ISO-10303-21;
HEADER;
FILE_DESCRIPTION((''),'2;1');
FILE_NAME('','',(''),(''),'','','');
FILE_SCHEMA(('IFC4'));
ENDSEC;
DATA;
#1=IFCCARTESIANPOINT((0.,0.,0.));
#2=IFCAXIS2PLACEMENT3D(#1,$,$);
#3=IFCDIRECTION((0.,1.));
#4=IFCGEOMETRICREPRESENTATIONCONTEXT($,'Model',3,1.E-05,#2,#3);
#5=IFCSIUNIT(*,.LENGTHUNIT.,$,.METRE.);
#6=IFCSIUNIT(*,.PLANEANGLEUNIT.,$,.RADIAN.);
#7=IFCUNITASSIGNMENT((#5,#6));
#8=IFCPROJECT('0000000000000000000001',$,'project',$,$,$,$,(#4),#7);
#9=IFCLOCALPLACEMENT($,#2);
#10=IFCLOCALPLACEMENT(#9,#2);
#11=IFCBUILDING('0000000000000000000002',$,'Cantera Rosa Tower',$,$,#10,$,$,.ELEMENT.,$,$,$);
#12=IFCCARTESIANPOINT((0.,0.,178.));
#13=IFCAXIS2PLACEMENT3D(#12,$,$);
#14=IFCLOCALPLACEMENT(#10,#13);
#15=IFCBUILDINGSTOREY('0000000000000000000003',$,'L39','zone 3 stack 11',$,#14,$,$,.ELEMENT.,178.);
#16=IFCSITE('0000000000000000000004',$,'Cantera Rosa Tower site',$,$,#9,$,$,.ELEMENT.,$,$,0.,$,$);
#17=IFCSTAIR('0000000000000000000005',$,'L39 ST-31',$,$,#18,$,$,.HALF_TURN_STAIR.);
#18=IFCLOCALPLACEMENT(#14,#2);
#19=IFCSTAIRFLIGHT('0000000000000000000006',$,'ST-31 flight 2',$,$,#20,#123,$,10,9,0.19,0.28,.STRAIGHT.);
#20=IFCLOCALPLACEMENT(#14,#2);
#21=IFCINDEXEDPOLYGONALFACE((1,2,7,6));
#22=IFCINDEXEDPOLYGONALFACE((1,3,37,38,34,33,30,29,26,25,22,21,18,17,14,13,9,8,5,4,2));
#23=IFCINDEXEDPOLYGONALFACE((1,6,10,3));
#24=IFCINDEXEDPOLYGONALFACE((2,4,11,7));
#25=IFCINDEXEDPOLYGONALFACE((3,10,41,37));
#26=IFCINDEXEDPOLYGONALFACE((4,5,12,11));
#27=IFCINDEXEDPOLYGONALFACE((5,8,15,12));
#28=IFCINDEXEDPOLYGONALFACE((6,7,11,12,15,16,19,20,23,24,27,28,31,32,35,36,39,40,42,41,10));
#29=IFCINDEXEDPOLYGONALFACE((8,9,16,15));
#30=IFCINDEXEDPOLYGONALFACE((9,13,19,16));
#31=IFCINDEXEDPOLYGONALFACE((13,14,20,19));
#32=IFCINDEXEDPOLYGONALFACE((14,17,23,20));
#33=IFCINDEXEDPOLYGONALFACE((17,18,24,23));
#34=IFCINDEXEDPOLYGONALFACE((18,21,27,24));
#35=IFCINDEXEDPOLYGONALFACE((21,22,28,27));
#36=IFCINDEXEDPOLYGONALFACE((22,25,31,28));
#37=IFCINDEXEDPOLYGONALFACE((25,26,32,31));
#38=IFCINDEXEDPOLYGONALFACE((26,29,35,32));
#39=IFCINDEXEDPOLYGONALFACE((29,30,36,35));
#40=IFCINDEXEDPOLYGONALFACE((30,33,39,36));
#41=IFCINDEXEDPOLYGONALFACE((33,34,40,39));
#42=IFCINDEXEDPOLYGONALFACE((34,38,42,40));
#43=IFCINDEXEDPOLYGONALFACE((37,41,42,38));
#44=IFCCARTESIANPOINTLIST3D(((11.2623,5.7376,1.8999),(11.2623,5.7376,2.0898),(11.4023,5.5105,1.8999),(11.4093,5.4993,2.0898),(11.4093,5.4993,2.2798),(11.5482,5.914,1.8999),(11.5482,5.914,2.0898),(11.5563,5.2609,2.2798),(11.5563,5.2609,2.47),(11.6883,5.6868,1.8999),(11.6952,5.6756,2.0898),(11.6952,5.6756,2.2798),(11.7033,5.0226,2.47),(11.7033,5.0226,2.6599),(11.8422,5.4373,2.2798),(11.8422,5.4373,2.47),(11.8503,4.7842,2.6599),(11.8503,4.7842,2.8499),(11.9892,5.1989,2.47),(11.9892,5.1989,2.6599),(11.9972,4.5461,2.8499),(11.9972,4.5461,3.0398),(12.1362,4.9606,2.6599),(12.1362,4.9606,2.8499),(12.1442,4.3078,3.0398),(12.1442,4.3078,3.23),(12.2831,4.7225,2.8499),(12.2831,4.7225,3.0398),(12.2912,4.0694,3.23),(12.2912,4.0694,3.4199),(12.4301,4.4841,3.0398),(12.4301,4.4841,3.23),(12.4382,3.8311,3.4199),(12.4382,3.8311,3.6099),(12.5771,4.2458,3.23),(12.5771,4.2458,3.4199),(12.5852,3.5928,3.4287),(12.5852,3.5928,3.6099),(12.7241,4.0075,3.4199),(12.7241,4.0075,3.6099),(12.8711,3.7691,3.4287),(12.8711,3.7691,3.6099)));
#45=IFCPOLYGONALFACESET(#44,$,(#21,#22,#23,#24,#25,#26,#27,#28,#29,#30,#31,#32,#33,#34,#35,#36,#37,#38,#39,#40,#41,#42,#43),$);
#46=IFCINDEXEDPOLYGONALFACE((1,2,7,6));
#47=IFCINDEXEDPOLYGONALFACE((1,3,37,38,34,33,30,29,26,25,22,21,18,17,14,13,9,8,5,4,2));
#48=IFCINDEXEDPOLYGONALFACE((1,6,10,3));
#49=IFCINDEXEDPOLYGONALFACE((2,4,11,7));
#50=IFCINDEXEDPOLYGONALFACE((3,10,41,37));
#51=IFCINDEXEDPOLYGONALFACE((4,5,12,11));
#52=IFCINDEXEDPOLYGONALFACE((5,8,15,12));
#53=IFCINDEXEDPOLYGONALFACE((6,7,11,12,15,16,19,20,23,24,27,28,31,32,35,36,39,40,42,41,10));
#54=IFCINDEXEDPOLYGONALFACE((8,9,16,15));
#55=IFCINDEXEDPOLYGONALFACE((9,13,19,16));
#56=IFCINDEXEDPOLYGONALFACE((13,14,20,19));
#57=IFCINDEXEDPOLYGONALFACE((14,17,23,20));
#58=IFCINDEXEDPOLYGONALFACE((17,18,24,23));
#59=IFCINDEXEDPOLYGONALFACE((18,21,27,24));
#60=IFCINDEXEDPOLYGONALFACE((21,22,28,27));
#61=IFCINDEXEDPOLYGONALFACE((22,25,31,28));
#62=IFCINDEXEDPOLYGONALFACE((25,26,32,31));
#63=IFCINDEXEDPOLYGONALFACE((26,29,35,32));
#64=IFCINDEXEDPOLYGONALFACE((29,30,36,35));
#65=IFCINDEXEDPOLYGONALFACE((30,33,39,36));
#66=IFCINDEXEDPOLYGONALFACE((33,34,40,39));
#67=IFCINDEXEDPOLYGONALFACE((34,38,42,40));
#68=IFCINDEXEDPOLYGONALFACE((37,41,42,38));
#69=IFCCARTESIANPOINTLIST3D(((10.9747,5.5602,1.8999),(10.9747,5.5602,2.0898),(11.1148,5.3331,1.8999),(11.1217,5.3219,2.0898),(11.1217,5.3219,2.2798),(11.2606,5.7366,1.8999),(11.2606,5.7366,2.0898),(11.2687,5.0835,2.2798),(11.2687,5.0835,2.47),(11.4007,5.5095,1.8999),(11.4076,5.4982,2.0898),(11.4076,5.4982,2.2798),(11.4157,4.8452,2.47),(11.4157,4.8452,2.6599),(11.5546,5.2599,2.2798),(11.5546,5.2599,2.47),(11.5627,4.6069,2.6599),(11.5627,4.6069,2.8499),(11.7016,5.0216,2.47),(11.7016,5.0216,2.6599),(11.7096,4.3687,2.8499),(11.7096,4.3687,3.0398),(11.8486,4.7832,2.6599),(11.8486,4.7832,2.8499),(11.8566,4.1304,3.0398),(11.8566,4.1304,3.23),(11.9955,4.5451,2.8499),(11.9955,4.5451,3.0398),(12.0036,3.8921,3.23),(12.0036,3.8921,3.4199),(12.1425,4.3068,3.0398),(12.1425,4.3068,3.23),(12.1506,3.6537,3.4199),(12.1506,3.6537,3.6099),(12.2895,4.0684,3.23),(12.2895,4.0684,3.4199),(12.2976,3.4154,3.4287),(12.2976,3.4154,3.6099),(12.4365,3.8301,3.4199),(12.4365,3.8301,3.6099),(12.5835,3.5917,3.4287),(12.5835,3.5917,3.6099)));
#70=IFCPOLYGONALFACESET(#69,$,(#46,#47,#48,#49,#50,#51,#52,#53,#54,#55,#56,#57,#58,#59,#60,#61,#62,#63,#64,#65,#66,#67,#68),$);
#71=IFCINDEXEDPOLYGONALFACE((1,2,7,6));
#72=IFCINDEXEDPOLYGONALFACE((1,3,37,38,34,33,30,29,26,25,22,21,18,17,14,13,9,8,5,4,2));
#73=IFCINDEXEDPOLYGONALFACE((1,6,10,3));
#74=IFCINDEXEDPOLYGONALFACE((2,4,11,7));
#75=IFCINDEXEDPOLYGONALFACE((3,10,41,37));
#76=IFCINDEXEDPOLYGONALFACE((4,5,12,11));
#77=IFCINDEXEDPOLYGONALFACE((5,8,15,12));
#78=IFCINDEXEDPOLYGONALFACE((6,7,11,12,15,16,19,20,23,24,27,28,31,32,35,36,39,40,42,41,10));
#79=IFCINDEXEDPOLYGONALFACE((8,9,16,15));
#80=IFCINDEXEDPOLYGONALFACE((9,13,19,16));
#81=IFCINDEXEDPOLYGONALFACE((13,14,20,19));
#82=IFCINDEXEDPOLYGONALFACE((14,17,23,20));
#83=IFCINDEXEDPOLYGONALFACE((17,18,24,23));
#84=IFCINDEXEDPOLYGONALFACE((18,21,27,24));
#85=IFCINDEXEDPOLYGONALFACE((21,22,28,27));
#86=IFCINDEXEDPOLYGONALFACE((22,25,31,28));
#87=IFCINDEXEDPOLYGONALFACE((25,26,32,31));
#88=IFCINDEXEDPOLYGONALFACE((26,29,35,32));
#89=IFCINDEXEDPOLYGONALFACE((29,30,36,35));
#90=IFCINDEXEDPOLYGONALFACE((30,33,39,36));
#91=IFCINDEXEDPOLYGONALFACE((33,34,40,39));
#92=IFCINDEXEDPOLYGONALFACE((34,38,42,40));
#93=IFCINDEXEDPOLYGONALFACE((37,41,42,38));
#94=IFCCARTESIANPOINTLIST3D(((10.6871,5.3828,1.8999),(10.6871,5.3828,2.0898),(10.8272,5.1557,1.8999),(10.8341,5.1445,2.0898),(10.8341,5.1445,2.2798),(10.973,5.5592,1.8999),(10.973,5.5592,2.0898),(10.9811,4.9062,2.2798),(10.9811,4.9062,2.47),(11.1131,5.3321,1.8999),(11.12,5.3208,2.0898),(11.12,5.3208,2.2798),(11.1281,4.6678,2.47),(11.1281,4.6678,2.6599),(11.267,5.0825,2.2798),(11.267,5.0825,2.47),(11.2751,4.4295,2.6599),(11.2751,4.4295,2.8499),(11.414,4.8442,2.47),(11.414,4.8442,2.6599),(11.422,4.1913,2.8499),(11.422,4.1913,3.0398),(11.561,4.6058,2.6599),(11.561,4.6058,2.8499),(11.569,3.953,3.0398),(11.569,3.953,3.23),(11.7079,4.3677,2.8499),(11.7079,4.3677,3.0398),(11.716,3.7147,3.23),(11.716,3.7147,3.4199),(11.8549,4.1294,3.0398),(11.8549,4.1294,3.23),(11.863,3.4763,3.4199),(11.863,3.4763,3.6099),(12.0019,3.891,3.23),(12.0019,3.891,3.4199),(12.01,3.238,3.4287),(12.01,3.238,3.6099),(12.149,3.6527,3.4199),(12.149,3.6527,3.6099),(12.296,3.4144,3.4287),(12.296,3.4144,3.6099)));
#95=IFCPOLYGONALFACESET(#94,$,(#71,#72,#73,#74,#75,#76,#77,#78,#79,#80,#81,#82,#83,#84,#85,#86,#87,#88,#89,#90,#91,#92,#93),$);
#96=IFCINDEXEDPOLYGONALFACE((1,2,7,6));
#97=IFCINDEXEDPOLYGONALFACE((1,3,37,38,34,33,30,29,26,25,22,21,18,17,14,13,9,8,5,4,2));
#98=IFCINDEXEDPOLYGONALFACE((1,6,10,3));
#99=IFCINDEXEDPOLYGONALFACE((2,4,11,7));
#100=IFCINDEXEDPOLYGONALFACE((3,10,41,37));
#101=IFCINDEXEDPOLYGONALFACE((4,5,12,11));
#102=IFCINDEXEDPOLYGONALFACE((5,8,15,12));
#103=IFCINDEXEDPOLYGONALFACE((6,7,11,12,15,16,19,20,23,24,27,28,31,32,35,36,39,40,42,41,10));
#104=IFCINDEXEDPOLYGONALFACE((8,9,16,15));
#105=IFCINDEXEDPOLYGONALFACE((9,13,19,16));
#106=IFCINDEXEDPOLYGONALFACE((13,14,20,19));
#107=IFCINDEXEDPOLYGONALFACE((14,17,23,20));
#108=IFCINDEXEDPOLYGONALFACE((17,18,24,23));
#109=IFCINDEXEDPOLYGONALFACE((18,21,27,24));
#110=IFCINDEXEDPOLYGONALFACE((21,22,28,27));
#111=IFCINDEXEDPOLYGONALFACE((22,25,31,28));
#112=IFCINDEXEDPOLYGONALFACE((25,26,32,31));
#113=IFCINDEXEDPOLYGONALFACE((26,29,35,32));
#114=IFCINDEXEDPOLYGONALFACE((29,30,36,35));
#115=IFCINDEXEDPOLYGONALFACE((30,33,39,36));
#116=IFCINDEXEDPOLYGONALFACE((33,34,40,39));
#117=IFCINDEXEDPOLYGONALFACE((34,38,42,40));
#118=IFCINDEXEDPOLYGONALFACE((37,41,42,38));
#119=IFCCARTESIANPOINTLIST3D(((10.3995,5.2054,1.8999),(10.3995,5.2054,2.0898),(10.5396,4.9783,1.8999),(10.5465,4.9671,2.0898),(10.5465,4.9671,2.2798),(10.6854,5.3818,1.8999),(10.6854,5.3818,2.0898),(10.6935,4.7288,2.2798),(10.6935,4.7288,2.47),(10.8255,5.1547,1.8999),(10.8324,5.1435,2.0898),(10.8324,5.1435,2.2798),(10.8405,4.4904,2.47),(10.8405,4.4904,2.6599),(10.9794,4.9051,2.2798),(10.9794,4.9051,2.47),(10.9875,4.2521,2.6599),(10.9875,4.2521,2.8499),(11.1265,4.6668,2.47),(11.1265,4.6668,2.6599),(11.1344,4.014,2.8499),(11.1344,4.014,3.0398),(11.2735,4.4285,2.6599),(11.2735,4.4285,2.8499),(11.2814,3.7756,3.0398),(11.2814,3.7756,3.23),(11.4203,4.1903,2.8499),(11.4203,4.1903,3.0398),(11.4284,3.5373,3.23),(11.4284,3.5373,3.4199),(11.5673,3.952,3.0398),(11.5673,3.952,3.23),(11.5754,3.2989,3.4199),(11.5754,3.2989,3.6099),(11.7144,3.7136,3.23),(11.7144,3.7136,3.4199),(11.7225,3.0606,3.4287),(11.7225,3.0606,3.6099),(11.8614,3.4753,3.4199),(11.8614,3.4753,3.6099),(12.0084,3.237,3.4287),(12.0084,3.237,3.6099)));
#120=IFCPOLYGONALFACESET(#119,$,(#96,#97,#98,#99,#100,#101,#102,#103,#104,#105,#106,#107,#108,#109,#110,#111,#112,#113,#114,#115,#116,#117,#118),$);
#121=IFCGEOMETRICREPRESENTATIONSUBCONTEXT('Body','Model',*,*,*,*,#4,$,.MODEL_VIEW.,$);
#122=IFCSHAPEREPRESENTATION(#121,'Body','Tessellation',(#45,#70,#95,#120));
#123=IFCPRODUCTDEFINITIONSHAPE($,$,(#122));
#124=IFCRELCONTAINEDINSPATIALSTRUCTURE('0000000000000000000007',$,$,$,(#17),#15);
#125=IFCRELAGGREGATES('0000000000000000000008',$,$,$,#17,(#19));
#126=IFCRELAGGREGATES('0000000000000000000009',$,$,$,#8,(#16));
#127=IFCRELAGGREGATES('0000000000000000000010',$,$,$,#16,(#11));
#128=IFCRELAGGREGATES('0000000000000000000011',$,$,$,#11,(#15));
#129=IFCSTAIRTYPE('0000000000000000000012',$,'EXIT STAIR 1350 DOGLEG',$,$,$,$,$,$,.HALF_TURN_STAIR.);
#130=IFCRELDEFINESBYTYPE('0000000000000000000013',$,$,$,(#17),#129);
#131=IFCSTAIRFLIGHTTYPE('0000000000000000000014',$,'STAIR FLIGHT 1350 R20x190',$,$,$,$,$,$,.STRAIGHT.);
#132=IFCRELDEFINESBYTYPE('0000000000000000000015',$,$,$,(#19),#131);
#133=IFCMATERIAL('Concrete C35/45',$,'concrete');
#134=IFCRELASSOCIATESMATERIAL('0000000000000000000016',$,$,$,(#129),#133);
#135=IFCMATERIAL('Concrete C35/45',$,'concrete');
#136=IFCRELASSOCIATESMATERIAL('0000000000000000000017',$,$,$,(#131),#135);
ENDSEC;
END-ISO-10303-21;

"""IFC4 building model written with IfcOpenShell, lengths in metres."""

from ifc_helpers import new_model, si_unit, direction, frame, origin, place, context, subcontext, project, spatial, polyline, outline, extrude, material, type_object, element, aggregate, save


model = new_model("IFC4")

# Units and contexts
model_context = context("Model", 3, precision=1e-05, world=origin(), true_north=direction((0.0, 1.0)))
body_context = subcontext(model_context, "Body", "Model", "MODEL_VIEW")
ifc_project = project(units=[si_unit("LENGTHUNIT", "METRE"), si_unit("PLANEANGLEUNIT", "RADIAN")], contexts=[model_context])

# Site, building, storey
site_placement = place(None, origin())
site = spatial("IfcSite", under=ifc_project, at=site_placement, Name="Cantera Rosa Tower site", CompositionType="ELEMENT", RefElevation=0.0)
building_placement = place(site_placement, origin())
building = spatial("IfcBuilding", under=site, at=building_placement, Name="Cantera Rosa Tower", CompositionType="ELEMENT")
storey_placement = place(building_placement, frame((0.0, 0.0, 178.0)))
storey = spatial("IfcBuildingStorey", under=building, at=storey_placement, Name="L39", Description="zone 3 stack 11", CompositionType="ELEMENT", Elevation=178.0)

# Stair, stair flight
ifc_material_1 = material(Name="Concrete C35/45", Category="concrete")
stair_type = type_object("IfcStairType", Name="EXIT STAIR 1350 DOGLEG", PredefinedType="HALF_TURN_STAIR", material=ifc_material_1)
stair_1_placement = place(storey_placement, origin())
stair_1 = element("IfcStair", 1, at=stair_1_placement, inside=storey, type_object=stair_type, Name="L39 ST-31", PredefinedType="HALF_TURN_STAIR")
ifc_material_2 = material(Name="Concrete C35/45", Category="concrete")
stair_flight_type = type_object("IfcStairFlightType", Name="STAIR FLIGHT 1350 R20x190", PredefinedType="STRAIGHT", material=ifc_material_2)
stair_flight_1_placement = place(storey_placement, frame((10.9736, 5.5596, 1.8999), z_axis=(0.0, 0.0, 1.0), x_axis=(0.524977, -0.851117, 0.0)))
stair_flight_1 = element("IfcStairFlight", 2, at=stair_flight_1_placement, type_object=stair_flight_type, Name="ST-31 flight 2", NumberOfRisers=10, NumberOfTreads=9, PredefinedType="STRAIGHT", RiserHeight=0.19, TreadLength=0.28, context=body_context, shape_type="SweptSolid", body=[
    extrude(outline(polyline([(0.0, 0.0), (0.0, 0.1899), (0.28, 0.1899), (0.28, 0.3799), (0.5601, 0.3799), (0.5601, 0.5701), (0.8401, 0.5701), (0.8401, 0.76), (1.1201, 0.76), (1.1201, 0.95), (1.3999, 0.95), (1.3999, 1.1399), (1.6799, 1.1399), (1.6799, 1.3301), (1.96, 1.3301), (1.96, 1.52), (2.24, 1.52), (2.24, 1.71), (2.52, 1.71), (2.52, 1.8999), (2.52, 1.5288), (0.2668, 0.0), (0.0, 0.0)])), frame((0.0, 0.675, 0.0), z_axis=(0.0, -1.0, 0.0), x_axis=(1.0, 0.0, 0.0)), (0.0, 0.0, 1.0), 0.3359),
    extrude(outline(polyline([(0.0, 0.0), (0.0, 0.1899), (0.28, 0.1899), (0.28, 0.3799), (0.5601, 0.3799), (0.5601, 0.5701), (0.8401, 0.5701), (0.8401, 0.76), (1.1201, 0.76), (1.1201, 0.95), (1.3999, 0.95), (1.3999, 1.1399), (1.6799, 1.1399), (1.6799, 1.3301), (1.96, 1.3301), (1.96, 1.52), (2.24, 1.52), (2.24, 1.71), (2.52, 1.71), (2.52, 1.8999), (2.52, 1.5288), (0.2668, 0.0), (0.0, 0.0)])), frame((0.0, 0.3372, 0.0), z_axis=(0.0, -1.0, 0.0), x_axis=(1.0, 0.0, 0.0)), (0.0, 0.0, 1.0), 0.3359),
    extrude(outline(polyline([(0.0, 0.0), (0.0, 0.1899), (0.28, 0.1899), (0.28, 0.3799), (0.5601, 0.3799), (0.5601, 0.5701), (0.8401, 0.5701), (0.8401, 0.76), (1.1201, 0.76), (1.1201, 0.95), (1.3999, 0.95), (1.3999, 1.1399), (1.6799, 1.1399), (1.6799, 1.3301), (1.96, 1.3301), (1.96, 1.52), (2.24, 1.52), (2.24, 1.71), (2.52, 1.71), (2.52, 1.8999), (2.52, 1.5288), (0.2668, 0.0), (0.0, 0.0)])), frame((0.0, -0.0007, 0.0), z_axis=(0.0, -1.0, 0.0), x_axis=(1.0, 0.0, 0.0)), (0.0, 0.0, 1.0), 0.3359),
    extrude(outline(polyline([(0.0, 0.0), (0.0, 0.1899), (0.28, 0.1899), (0.28, 0.3799), (0.5601, 0.3799), (0.5601, 0.5701), (0.8401, 0.5701), (0.8401, 0.76), (1.1201, 0.76), (1.1201, 0.95), (1.3999, 0.95), (1.3999, 1.1399), (1.6799, 1.1399), (1.6799, 1.3301), (1.96, 1.3301), (1.96, 1.52), (2.24, 1.52), (2.24, 1.71), (2.52, 1.71), (2.52, 1.8999), (2.52, 1.5288), (0.2668, 0.0), (0.0, 0.0)])), frame((0.0, -0.3386, 0.0), z_axis=(0.0, -1.0, 0.0), x_axis=(1.0, 0.0, 0.0)), (0.0, 0.0, 1.0), 0.3359),
])
aggregate(stair_1, [stair_flight_1])

save(model, "model.ifc")
